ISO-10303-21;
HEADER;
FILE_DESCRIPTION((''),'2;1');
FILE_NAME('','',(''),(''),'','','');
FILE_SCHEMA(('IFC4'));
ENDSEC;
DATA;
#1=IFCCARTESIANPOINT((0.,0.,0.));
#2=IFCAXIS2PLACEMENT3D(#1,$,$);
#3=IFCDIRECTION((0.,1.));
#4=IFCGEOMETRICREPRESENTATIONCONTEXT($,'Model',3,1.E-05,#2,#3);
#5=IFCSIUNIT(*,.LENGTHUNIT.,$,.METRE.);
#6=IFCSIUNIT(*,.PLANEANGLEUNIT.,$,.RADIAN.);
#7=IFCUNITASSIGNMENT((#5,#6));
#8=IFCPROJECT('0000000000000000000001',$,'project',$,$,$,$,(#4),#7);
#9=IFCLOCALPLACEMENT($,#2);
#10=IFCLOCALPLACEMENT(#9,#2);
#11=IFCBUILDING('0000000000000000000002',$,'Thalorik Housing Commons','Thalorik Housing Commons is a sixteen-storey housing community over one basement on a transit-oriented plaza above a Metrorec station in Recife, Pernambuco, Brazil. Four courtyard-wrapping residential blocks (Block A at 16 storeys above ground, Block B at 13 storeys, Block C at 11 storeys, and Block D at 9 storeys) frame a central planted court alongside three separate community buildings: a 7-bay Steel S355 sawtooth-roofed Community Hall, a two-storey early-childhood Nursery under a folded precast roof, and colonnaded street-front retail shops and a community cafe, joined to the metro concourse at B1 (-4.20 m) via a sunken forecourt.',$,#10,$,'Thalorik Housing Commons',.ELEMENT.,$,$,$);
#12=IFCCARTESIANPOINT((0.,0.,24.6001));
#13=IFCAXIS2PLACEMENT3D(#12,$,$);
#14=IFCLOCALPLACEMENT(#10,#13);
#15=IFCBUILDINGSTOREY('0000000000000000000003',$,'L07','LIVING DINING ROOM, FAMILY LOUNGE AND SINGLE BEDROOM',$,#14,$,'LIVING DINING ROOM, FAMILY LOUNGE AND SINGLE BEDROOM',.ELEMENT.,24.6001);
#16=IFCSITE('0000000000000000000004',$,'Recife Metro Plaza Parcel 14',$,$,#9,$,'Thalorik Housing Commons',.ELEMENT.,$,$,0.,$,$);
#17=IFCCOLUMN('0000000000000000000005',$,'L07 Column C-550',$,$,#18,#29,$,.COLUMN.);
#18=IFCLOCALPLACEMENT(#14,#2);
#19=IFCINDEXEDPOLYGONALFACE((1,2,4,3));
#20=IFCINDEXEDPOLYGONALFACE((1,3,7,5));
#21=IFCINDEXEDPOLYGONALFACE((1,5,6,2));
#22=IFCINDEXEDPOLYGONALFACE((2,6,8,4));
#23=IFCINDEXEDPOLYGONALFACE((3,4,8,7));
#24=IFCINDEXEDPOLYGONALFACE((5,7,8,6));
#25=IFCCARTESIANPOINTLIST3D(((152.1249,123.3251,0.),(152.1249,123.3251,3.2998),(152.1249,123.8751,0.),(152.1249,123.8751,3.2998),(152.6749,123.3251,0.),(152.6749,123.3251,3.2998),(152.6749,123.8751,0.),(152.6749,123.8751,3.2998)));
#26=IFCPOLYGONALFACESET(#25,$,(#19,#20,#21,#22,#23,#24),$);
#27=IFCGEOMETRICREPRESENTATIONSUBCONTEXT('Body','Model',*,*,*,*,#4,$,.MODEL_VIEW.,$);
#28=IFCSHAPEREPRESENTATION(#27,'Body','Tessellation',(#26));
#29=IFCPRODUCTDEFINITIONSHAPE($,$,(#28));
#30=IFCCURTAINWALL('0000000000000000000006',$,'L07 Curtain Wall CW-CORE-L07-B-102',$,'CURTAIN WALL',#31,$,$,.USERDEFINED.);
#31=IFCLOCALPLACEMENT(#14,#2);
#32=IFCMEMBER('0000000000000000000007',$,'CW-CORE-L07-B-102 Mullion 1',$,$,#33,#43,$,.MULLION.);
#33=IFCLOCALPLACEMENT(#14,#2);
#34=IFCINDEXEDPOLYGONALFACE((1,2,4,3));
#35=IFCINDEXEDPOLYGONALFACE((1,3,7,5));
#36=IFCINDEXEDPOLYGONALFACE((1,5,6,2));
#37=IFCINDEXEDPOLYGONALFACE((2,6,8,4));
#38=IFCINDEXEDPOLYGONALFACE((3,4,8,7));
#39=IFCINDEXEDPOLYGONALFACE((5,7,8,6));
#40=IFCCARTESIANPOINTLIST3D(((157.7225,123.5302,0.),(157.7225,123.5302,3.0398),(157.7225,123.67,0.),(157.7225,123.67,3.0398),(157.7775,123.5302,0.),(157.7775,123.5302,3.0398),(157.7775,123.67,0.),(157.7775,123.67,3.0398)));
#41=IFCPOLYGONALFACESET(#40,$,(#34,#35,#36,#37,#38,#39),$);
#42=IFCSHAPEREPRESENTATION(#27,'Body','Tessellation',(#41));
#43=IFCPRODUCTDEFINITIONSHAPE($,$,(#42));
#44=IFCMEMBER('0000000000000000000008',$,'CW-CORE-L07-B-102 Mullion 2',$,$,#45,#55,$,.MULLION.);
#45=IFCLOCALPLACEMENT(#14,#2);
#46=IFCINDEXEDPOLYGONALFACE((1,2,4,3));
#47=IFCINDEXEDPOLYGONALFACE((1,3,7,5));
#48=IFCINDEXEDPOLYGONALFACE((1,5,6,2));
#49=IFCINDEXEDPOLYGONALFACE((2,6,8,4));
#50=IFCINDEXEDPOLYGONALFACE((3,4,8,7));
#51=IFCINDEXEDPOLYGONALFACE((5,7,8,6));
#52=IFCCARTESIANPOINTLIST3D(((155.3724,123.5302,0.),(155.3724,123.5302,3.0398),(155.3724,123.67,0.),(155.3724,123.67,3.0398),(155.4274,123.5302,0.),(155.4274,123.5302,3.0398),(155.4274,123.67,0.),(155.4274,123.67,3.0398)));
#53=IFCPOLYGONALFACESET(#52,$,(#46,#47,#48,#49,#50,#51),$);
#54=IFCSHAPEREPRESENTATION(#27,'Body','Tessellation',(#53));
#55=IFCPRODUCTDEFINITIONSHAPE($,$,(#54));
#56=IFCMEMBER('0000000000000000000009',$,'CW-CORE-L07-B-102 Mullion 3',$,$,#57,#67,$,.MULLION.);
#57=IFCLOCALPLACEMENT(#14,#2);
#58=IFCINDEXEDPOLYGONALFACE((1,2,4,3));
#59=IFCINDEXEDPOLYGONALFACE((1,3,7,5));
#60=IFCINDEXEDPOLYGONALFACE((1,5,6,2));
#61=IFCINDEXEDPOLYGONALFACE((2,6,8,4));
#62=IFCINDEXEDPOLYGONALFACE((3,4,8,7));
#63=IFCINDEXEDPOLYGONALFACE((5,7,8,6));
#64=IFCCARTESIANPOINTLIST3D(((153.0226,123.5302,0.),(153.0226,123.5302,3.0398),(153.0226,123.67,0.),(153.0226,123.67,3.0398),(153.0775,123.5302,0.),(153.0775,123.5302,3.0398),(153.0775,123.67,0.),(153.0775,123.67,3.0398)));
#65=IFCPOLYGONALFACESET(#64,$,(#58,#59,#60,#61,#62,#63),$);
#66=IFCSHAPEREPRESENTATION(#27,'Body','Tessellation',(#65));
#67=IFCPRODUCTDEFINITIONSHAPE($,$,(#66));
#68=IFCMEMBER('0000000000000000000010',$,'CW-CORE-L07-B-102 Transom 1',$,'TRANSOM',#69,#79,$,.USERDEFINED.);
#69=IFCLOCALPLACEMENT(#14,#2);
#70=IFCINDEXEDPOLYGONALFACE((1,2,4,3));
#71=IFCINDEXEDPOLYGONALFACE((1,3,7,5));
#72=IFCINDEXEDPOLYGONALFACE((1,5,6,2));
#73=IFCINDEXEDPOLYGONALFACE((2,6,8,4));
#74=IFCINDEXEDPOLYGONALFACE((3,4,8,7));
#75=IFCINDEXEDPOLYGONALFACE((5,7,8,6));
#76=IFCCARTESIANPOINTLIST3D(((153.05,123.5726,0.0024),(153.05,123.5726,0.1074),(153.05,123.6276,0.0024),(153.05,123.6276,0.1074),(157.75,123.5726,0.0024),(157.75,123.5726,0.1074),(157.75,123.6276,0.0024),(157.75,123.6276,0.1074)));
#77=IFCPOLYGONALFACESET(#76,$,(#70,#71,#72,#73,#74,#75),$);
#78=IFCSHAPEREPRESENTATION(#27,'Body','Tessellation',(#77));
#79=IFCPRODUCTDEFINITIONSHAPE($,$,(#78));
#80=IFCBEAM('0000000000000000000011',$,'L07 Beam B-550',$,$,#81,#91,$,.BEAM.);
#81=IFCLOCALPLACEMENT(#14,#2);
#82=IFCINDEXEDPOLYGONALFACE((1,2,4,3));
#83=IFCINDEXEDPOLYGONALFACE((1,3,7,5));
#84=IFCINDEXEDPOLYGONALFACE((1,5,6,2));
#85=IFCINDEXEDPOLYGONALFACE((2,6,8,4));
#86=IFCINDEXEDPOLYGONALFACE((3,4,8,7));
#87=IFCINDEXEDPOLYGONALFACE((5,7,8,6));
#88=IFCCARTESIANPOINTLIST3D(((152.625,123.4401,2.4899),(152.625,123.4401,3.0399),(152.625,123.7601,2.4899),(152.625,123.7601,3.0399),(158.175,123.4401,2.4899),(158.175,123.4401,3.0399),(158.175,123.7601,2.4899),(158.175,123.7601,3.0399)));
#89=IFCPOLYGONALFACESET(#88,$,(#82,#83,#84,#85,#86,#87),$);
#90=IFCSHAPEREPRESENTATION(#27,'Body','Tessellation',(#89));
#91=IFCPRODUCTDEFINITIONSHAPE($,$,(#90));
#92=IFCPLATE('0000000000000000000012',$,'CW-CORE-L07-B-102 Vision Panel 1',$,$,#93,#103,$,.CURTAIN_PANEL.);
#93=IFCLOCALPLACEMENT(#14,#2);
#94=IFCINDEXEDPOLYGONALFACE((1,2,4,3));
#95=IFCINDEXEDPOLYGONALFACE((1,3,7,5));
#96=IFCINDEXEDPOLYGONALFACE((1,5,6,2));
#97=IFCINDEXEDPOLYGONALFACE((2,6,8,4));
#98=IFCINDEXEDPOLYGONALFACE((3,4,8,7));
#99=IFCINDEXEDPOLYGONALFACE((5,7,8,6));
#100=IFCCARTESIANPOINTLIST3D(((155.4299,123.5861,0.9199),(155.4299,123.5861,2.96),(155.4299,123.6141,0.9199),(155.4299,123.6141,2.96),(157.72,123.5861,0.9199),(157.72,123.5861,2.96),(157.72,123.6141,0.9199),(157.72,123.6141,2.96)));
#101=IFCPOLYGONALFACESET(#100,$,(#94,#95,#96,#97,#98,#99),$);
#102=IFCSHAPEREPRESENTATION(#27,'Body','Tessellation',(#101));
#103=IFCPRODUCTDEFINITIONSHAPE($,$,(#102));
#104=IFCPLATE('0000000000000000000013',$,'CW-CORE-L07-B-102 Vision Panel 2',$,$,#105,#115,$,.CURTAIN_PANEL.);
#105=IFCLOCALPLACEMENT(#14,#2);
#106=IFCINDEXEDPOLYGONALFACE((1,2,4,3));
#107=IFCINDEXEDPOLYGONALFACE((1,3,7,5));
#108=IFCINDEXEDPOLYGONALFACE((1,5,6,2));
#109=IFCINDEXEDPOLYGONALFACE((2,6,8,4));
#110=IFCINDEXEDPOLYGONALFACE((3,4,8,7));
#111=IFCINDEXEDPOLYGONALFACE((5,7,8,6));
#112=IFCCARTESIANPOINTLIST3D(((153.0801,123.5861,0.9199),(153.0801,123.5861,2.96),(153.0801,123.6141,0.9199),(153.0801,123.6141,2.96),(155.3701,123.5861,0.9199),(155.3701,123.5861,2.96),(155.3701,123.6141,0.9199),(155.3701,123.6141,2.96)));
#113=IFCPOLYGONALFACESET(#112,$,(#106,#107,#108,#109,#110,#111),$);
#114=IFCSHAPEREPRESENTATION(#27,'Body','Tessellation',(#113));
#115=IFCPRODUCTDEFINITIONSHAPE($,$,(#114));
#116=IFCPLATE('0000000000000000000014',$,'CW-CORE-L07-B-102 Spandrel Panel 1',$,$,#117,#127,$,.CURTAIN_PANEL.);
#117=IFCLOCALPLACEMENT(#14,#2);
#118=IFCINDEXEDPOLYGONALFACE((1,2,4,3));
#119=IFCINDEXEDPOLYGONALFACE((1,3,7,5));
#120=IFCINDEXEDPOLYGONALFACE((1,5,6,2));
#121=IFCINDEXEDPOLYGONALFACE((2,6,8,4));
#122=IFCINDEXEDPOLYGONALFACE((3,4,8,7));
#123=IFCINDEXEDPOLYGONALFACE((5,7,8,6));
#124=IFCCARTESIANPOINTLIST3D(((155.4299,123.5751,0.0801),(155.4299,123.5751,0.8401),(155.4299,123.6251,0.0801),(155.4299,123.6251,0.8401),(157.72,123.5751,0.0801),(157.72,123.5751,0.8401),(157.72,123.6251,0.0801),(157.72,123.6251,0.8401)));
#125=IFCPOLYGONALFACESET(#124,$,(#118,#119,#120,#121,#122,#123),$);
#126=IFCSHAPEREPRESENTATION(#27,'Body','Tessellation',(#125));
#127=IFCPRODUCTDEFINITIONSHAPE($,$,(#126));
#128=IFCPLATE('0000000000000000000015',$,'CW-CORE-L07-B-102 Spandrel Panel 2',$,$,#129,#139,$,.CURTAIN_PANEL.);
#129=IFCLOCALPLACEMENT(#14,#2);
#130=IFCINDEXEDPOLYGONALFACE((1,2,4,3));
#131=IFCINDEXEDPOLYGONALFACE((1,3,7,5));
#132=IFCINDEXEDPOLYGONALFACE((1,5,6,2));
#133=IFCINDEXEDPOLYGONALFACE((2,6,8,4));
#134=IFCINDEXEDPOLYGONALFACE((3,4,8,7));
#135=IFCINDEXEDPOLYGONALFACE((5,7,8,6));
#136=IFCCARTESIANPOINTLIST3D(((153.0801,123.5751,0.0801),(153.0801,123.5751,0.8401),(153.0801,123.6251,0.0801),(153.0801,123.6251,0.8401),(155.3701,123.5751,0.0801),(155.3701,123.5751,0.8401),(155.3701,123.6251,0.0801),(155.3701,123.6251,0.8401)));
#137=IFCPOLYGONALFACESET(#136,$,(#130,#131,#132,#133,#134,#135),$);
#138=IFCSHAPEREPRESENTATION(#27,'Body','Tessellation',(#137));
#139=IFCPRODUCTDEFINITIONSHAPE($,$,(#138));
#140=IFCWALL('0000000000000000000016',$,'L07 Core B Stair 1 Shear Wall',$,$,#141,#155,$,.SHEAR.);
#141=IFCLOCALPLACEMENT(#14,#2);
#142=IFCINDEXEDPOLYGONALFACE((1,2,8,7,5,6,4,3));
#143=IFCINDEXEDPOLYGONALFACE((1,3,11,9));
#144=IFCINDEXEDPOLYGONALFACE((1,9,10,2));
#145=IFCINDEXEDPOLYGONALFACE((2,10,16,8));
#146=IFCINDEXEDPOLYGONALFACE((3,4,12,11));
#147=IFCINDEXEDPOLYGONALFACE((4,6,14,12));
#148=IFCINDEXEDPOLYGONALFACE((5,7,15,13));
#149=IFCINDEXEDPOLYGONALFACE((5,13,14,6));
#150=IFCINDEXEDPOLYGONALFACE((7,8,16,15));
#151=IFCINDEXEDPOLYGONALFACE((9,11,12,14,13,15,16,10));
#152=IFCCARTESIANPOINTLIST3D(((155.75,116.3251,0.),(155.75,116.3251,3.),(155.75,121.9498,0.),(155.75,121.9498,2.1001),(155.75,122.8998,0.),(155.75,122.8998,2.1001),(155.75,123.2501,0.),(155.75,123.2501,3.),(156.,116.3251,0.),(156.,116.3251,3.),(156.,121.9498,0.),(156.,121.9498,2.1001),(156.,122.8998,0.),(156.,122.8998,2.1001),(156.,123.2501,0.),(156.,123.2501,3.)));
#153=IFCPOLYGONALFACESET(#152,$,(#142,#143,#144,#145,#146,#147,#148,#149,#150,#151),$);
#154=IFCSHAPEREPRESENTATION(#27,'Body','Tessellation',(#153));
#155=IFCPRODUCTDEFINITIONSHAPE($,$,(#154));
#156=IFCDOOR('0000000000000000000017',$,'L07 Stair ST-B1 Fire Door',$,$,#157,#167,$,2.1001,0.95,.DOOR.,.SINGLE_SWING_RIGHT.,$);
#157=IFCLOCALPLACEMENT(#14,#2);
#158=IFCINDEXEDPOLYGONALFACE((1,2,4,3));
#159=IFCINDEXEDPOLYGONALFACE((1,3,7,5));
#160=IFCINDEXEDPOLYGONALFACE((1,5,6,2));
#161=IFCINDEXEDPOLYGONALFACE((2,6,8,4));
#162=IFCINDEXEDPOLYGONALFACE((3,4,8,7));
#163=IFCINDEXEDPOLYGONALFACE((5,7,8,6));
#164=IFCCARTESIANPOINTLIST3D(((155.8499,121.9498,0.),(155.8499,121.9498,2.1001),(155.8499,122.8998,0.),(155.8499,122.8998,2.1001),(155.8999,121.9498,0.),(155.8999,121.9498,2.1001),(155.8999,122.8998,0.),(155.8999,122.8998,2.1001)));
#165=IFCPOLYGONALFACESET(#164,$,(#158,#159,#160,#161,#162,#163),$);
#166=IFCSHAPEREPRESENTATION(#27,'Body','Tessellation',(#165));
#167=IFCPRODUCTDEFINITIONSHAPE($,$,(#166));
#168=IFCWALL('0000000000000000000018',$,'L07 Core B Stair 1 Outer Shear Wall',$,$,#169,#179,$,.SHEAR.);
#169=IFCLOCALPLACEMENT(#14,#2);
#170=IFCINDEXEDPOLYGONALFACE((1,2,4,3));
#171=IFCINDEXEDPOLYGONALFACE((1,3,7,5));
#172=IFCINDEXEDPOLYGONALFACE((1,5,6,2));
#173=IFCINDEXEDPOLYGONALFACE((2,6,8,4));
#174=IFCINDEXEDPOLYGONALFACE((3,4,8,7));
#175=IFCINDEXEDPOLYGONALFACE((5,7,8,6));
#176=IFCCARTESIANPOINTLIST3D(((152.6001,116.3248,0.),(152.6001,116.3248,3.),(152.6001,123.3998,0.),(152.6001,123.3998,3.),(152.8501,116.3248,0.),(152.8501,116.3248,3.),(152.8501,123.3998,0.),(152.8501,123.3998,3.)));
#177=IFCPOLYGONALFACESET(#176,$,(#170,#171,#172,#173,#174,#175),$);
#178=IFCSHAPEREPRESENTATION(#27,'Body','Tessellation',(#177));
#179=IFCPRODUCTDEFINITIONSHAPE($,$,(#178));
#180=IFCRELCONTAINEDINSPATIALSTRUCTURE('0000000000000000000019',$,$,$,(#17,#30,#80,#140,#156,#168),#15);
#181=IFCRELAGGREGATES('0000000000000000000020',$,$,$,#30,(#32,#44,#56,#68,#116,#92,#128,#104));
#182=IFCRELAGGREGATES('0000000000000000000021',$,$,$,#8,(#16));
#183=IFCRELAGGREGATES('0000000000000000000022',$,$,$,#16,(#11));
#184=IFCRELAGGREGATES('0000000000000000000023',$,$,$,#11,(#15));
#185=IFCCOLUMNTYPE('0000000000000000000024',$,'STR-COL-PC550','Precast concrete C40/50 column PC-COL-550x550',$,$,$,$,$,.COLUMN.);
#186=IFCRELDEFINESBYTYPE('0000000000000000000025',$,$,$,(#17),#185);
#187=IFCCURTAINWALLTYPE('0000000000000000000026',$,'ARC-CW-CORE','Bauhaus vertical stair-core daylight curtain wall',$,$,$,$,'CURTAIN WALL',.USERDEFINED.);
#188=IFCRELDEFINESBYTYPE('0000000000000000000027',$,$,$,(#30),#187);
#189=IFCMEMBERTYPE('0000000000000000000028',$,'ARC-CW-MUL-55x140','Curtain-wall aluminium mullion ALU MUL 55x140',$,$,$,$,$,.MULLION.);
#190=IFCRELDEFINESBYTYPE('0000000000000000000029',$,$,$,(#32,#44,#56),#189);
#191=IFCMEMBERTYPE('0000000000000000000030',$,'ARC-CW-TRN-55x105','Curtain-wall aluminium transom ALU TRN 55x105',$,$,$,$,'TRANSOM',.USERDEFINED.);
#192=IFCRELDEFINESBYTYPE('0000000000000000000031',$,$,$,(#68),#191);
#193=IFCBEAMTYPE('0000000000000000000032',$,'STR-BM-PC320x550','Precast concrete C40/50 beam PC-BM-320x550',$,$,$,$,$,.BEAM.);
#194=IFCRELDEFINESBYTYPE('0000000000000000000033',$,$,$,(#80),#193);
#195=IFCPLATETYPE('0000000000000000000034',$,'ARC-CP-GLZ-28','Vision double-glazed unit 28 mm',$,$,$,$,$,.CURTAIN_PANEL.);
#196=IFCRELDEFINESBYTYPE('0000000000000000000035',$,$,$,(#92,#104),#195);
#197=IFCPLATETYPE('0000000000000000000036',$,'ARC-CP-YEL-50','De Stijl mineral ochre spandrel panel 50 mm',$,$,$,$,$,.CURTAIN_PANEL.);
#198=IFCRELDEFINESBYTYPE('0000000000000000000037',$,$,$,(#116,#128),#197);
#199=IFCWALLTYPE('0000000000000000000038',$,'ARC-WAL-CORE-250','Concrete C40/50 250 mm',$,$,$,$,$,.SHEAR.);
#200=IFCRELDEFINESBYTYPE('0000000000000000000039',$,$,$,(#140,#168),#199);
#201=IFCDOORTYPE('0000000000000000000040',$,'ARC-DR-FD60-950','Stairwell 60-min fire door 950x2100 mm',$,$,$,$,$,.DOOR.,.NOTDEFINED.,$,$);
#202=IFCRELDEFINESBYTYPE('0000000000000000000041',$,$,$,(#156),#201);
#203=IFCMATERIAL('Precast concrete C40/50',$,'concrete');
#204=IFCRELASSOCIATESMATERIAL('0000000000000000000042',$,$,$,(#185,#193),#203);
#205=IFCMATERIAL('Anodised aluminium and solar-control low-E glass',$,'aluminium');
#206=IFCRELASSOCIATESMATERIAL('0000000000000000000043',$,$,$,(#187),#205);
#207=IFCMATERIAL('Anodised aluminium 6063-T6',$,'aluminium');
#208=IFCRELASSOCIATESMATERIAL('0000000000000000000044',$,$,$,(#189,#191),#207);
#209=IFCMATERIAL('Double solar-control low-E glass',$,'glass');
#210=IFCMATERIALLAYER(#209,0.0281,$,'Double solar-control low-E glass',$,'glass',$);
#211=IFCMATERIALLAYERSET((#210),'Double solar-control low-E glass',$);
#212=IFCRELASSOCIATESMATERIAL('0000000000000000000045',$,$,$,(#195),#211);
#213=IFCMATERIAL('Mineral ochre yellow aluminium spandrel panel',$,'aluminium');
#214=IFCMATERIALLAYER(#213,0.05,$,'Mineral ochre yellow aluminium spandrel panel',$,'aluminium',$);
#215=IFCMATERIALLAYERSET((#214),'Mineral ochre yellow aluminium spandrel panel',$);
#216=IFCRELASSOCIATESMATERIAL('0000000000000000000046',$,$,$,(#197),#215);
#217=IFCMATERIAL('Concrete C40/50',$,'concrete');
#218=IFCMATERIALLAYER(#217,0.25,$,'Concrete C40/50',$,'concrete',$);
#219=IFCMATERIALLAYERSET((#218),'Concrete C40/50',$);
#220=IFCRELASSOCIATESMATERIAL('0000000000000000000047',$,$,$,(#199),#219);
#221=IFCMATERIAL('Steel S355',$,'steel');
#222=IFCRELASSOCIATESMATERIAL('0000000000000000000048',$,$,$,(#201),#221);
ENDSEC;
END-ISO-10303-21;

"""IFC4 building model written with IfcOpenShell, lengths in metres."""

from ifc_helpers import new_model, si_unit, direction, frame, frame_2d, origin, origin_2d, place, context, subcontext, project, spatial, rectangle, extrude, material, layer, layer_set, material_profile, profile_set, type_object, element, fill, aggregate, save


model = new_model("IFC4")

# Units and contexts
model_context = context("Model", 3, precision=1e-05, world=origin(), true_north=direction((0.0, 1.0)))
body_context = subcontext(model_context, "Body", "Model", "MODEL_VIEW")
ifc_project = project(units=[si_unit("LENGTHUNIT", "METRE"), si_unit("PLANEANGLEUNIT", "RADIAN")], contexts=[model_context])

# Site, building, storey
site_placement = place(None, origin())
site = spatial("IfcSite", under=ifc_project, at=site_placement, Name="Recife Metro Plaza Parcel 14", LongName="Thalorik Housing Commons", CompositionType="ELEMENT", RefElevation=0.0)
building_placement = place(site_placement, origin())
building = spatial("IfcBuilding", under=site, at=building_placement, Name="Thalorik Housing Commons", Description="Thalorik Housing Commons is a sixteen-storey housing community over one basement on a transit-oriented plaza above a Metrorec station in Recife, Pernambuco, Brazil. Four courtyard-wrapping residential blocks (Block A at 16 storeys above ground, Block B at 13 storeys, Block C at 11 storeys, and Block D at 9 storeys) frame a central planted court alongside three separate community buildings: a 7-bay Steel S355 sawtooth-roofed Community Hall, a two-storey early-childhood Nursery under a folded precast roof, and colonnaded street-front retail shops and a community cafe, joined to the metro concourse at B1 (-4.20 m) via a sunken forecourt.", LongName="Thalorik Housing Commons", CompositionType="ELEMENT")
storey_placement = place(building_placement, frame((0.0, 0.0, 24.6001)))
storey = spatial("IfcBuildingStorey", under=building, at=storey_placement, Name="L07", Description="LIVING DINING ROOM, FAMILY LOUNGE AND SINGLE BEDROOM", LongName="LIVING DINING ROOM, FAMILY LOUNGE AND SINGLE BEDROOM", CompositionType="ELEMENT", Elevation=24.6001)

# Column
ifc_material_1 = material(Name="Precast concrete C40/50", Category="concrete")
ifc_material_profile_1 = material_profile(ifc_material_1, rectangle(XDim=0.55, YDim=0.55, at=origin_2d()), Name="PC 550x550", Category="concrete")
ifc_profile_set_1 = profile_set([ifc_material_profile_1], Name="Precast concrete C40/50")
column_type = type_object("IfcColumnType", Name="STR-COL-PC550", Description="Precast concrete C40/50 column PC-COL-550x550", PredefinedType="COLUMN", material=ifc_profile_set_1)
column_placement = place(storey_placement, frame((152.3999, 123.6001, 0.0), z_axis=(0.0, 0.0, 1.0), x_axis=(1.0, 0.0, 0.0)))
element("IfcColumn", 1, at=column_placement, inside=storey, type_object=column_type, Name="L07 Column C-550", PredefinedType="COLUMN", context=body_context, shape_type="SweptSolid", body=[
    extrude(rectangle(XDim=0.55, YDim=0.55, at=origin_2d()), origin(), (0.0, 0.0, 1.0), 3.2998),
])

# Curtain wall, members
ifc_material_2 = material(Name="Anodised aluminium and solar-control low-E glass", Category="aluminium")
curtain_wall_type = type_object("IfcCurtainWallType", Name="ARC-CW-CORE", Description="Bauhaus vertical stair-core daylight curtain wall", ElementType="CURTAIN WALL", PredefinedType="USERDEFINED", material=ifc_material_2)
curtain_wall_placement = place(storey_placement, origin())
curtain_wall = element("IfcCurtainWall", 2, at=curtain_wall_placement, inside=storey, type_object=curtain_wall_type, Name="L07 Curtain Wall CW-CORE-L07-B-102", ObjectType="CURTAIN WALL", PredefinedType="USERDEFINED")
ifc_material_3 = material(Name="Anodised aluminium 6063-T6", Category="aluminium")
ifc_material_profile_2 = material_profile(ifc_material_3, rectangle(XDim=0.0549, YDim=0.1399, at=origin_2d()), Name="ALU MUL 55x140", Category="aluminium")
ifc_profile_set_2 = profile_set([ifc_material_profile_2], Name="Anodised aluminium 6063-T6")
member_type_1 = type_object("IfcMemberType", Name="ARC-CW-MUL-55x140", Description="Curtain-wall aluminium mullion ALU MUL 55x140", PredefinedType="MULLION", material=ifc_profile_set_2)
member_1_placement = place(storey_placement, frame((157.75, 123.6001, 0.0), z_axis=(0.0, 0.0, 1.0), x_axis=(-1.0, 0.0, 0.0)))
member_1 = element("IfcMember", 3, at=member_1_placement, type_object=member_type_1, Name="CW-CORE-L07-B-102 Mullion 1", PredefinedType="MULLION", context=body_context, shape_type="SweptSolid", body=[
    extrude(rectangle(XDim=0.0549, YDim=0.1399, at=origin_2d()), origin(), (0.0, 0.0, 1.0), 3.0398),
])
member_2_placement = place(storey_placement, frame((155.3999, 123.6001, 0.0), z_axis=(0.0, 0.0, 1.0), x_axis=(-1.0, 0.0, 0.0)))
member_2 = element("IfcMember", 4, at=member_2_placement, type_object=member_type_1, Name="CW-CORE-L07-B-102 Mullion 2", PredefinedType="MULLION", context=body_context, shape_type="SweptSolid", body=[
    extrude(rectangle(XDim=0.0549, YDim=0.1399, at=origin_2d()), origin(), (0.0, 0.0, 1.0), 3.0398),
])
member_3_placement = place(storey_placement, frame((153.05, 123.6001, 0.0), z_axis=(0.0, 0.0, 1.0), x_axis=(-1.0, 0.0, 0.0)))
member_3 = element("IfcMember", 5, at=member_3_placement, type_object=member_type_1, Name="CW-CORE-L07-B-102 Mullion 3", PredefinedType="MULLION", context=body_context, shape_type="SweptSolid", body=[
    extrude(rectangle(XDim=0.0549, YDim=0.1399, at=origin_2d()), origin(), (0.0, 0.0, 1.0), 3.0398),
])
ifc_material_profile_3 = material_profile(ifc_material_3, rectangle(XDim=0.0549, YDim=0.105, at=origin_2d()), Name="ALU TRN 55x105", Category="aluminium")
ifc_profile_set_3 = profile_set([ifc_material_profile_3], Name="Anodised aluminium 6063-T6")
member_type_2 = type_object("IfcMemberType", Name="ARC-CW-TRN-55x105", Description="Curtain-wall aluminium transom ALU TRN 55x105", ElementType="TRANSOM", PredefinedType="USERDEFINED", material=ifc_profile_set_3)
member_4_placement = place(storey_placement, frame((157.75, 123.6001, 0.0549), z_axis=(-1.0, 0.0, 0.0), x_axis=(0.0, -1.0, 0.0)))
member_4 = element("IfcMember", 6, at=member_4_placement, type_object=member_type_2, Name="CW-CORE-L07-B-102 Transom 1", ObjectType="TRANSOM", PredefinedType="USERDEFINED", context=body_context, shape_type="SweptSolid", body=[
    extrude(rectangle(XDim=0.0549, YDim=0.105, at=origin_2d()), origin(), (0.0, 0.0, 1.0), 4.7),
])

# Beam
ifc_material_profile_4 = material_profile(ifc_material_1, rectangle(XDim=0.3201, YDim=0.55, at=origin_2d()), Name="PC 320x550", Category="concrete")
ifc_profile_set_4 = profile_set([ifc_material_profile_4], Name="Precast concrete C40/50")
beam_type = type_object("IfcBeamType", Name="STR-BM-PC320x550", Description="Precast concrete C40/50 beam PC-BM-320x550", PredefinedType="BEAM", material=ifc_profile_set_4)
beam_placement = place(storey_placement, frame((152.625, 123.6001, 2.7649), z_axis=(1.0, 0.0, 0.0), x_axis=(0.0, 1.0, 0.0)))
element("IfcBeam", 7, at=beam_placement, inside=storey, type_object=beam_type, Name="L07 Beam B-550", PredefinedType="BEAM", context=body_context, shape_type="SweptSolid", body=[
    extrude(rectangle(XDim=0.3201, YDim=0.55, at=origin_2d()), origin(), (0.0, 0.0, 1.0), 5.55),
])

# Plates
ifc_material_4 = material(Name="Double solar-control low-E glass", Category="glass")
ifc_layer_1 = layer(ifc_material_4, 0.0281, Name="Double solar-control low-E glass", Category="glass")
ifc_layer_set_1 = layer_set([ifc_layer_1], Name="Double solar-control low-E glass")
plate_type_1 = type_object("IfcPlateType", Name="ARC-CP-GLZ-28", Description="Vision double-glazed unit 28 mm", PredefinedType="CURTAIN_PANEL", material=ifc_layer_set_1)
plate_1_placement = place(storey_placement, frame((156.575, 123.6001, 0.9199), z_axis=(0.0, 0.0, 1.0), x_axis=(-1.0, 0.0, 0.0)))
plate_1 = element("IfcPlate", 8, at=plate_1_placement, type_object=plate_type_1, Name="CW-CORE-L07-B-102 Vision Panel 1", PredefinedType="CURTAIN_PANEL", context=body_context, shape_type="SweptSolid", body=[
    extrude(rectangle(XDim=2.29, YDim=0.0281, at=origin_2d()), origin(), (0.0, 0.0, 1.0), 2.04),
])
plate_2_placement = place(storey_placement, frame((154.2251, 123.6001, 0.9199), z_axis=(0.0, 0.0, 1.0), x_axis=(-1.0, 0.0, 0.0)))
plate_2 = element("IfcPlate", 9, at=plate_2_placement, type_object=plate_type_1, Name="CW-CORE-L07-B-102 Vision Panel 2", PredefinedType="CURTAIN_PANEL", context=body_context, shape_type="SweptSolid", body=[
    extrude(rectangle(XDim=2.29, YDim=0.0281, at=origin_2d()), origin(), (0.0, 0.0, 1.0), 2.04),
])
ifc_material_5 = material(Name="Mineral ochre yellow aluminium spandrel panel", Category="aluminium")
ifc_layer_2 = layer(ifc_material_5, 0.05, Name="Mineral ochre yellow aluminium spandrel panel", Category="aluminium")
ifc_layer_set_2 = layer_set([ifc_layer_2], Name="Mineral ochre yellow aluminium spandrel panel")
plate_type_2 = type_object("IfcPlateType", Name="ARC-CP-YEL-50", Description="De Stijl mineral ochre spandrel panel 50 mm", PredefinedType="CURTAIN_PANEL", material=ifc_layer_set_2)
plate_3_placement = place(storey_placement, frame((156.575, 123.6001, 0.0801), z_axis=(0.0, 0.0, 1.0), x_axis=(-1.0, 0.0, 0.0)))
plate_3 = element("IfcPlate", 10, at=plate_3_placement, type_object=plate_type_2, Name="CW-CORE-L07-B-102 Spandrel Panel 1", PredefinedType="CURTAIN_PANEL", context=body_context, shape_type="SweptSolid", body=[
    extrude(rectangle(XDim=2.29, YDim=0.05, at=origin_2d()), origin(), (0.0, 0.0, 1.0), 0.76),
])
plate_4_placement = place(storey_placement, frame((154.2251, 123.6001, 0.0801), z_axis=(0.0, 0.0, 1.0), x_axis=(-1.0, 0.0, 0.0)))
plate_4 = element("IfcPlate", 11, at=plate_4_placement, type_object=plate_type_2, Name="CW-CORE-L07-B-102 Spandrel Panel 2", PredefinedType="CURTAIN_PANEL", context=body_context, shape_type="SweptSolid", body=[
    extrude(rectangle(XDim=2.29, YDim=0.05, at=origin_2d()), origin(), (0.0, 0.0, 1.0), 0.76),
])
aggregate(curtain_wall, [member_1, member_2, member_3, member_4, plate_3, plate_1, plate_4, plate_2])

# Wall, opening, door
ifc_material_6 = material(Name="Concrete C40/50", Category="concrete")
ifc_layer_3 = layer(ifc_material_6, 0.25, Name="Concrete C40/50", Category="concrete")
ifc_layer_set_3 = layer_set([ifc_layer_3], Name="Concrete C40/50")
wall_type_1 = type_object("IfcWallType", Name="ARC-WAL-CORE-250", Description="Concrete C40/50 250 mm", PredefinedType="SHEAR", material=ifc_layer_set_3)
wall_1_placement = place(storey_placement, frame((155.875, 123.25, 0.0), z_axis=(0.0, 0.0, 1.0), x_axis=(0.0, -1.0, 0.0)))
wall_1 = element("IfcWall", 12, at=wall_1_placement, inside=storey, type_object=wall_type_1, Name="L07 Core B Stair 1 Shear Wall", PredefinedType="SHEAR", context=body_context, shape_type="SweptSolid", body=[
    extrude(rectangle(XDim=6.925, YDim=0.25, at=frame_2d((3.4624, 0.0))), origin(), (0.0, 0.0, 1.0), 3.0),
])
opening_1_placement = place(wall_1_placement, frame((0.3501, 0.0, 0.0)))
opening_1 = element("IfcOpeningElement", 13, at=opening_1_placement, cuts=wall_1, PredefinedType="OPENING", context=body_context, shape_type="SweptSolid", body=[
    extrude(rectangle(XDim=0.95, YDim=2.1001, at=frame_2d((0.4751, 1.05))), frame((0.0, 0.135, 0.0), z_axis=(0.0, -1.0, 0.0), x_axis=(1.0, 0.0, 0.0)), (0.0, 0.0, 1.0), 0.27),
])
ifc_material_7 = material(Name="Steel S355", Category="steel")
door_type_1 = type_object("IfcDoorType", Name="ARC-DR-FD60-950", Description="Stairwell 60-min fire door 950x2100 mm", OperationType="NOTDEFINED", PredefinedType="DOOR", material=ifc_material_7)
door_1_placement = place(opening_1_placement, origin())
door_1 = element("IfcDoor", 14, at=door_1_placement, inside=storey, type_object=door_type_1, Name="L07 Stair ST-B1 Fire Door", OperationType="SINGLE_SWING_RIGHT", OverallHeight=2.1001, OverallWidth=0.95, PredefinedType="DOOR", context=body_context, shape_type="SweptSolid", body=[
    extrude(rectangle(XDim=0.95, YDim=2.1001, at=frame_2d((0.4751, 1.05))), frame((0.0, 0.0249, 0.0), z_axis=(0.0, -1.0, 0.0), x_axis=(1.0, 0.0, 0.0)), (0.0, 0.0, 1.0), 0.05),
])
fill(opening_1, door_1)

# Wall
wall_2_placement = place(storey_placement, frame((152.7251, 123.3999, 0.0), z_axis=(0.0, 0.0, 1.0), x_axis=(0.0, -1.0, 0.0)))
element("IfcWall", 15, at=wall_2_placement, inside=storey, type_object=wall_type_1, Name="L07 Core B Stair 1 Outer Shear Wall", PredefinedType="SHEAR", context=body_context, shape_type="SweptSolid", body=[
    extrude(rectangle(XDim=7.075, YDim=0.25, at=frame_2d((3.5376, 0.0))), origin(), (0.0, 0.0, 1.0), 3.0),
])

save(model, "model.ifc")
